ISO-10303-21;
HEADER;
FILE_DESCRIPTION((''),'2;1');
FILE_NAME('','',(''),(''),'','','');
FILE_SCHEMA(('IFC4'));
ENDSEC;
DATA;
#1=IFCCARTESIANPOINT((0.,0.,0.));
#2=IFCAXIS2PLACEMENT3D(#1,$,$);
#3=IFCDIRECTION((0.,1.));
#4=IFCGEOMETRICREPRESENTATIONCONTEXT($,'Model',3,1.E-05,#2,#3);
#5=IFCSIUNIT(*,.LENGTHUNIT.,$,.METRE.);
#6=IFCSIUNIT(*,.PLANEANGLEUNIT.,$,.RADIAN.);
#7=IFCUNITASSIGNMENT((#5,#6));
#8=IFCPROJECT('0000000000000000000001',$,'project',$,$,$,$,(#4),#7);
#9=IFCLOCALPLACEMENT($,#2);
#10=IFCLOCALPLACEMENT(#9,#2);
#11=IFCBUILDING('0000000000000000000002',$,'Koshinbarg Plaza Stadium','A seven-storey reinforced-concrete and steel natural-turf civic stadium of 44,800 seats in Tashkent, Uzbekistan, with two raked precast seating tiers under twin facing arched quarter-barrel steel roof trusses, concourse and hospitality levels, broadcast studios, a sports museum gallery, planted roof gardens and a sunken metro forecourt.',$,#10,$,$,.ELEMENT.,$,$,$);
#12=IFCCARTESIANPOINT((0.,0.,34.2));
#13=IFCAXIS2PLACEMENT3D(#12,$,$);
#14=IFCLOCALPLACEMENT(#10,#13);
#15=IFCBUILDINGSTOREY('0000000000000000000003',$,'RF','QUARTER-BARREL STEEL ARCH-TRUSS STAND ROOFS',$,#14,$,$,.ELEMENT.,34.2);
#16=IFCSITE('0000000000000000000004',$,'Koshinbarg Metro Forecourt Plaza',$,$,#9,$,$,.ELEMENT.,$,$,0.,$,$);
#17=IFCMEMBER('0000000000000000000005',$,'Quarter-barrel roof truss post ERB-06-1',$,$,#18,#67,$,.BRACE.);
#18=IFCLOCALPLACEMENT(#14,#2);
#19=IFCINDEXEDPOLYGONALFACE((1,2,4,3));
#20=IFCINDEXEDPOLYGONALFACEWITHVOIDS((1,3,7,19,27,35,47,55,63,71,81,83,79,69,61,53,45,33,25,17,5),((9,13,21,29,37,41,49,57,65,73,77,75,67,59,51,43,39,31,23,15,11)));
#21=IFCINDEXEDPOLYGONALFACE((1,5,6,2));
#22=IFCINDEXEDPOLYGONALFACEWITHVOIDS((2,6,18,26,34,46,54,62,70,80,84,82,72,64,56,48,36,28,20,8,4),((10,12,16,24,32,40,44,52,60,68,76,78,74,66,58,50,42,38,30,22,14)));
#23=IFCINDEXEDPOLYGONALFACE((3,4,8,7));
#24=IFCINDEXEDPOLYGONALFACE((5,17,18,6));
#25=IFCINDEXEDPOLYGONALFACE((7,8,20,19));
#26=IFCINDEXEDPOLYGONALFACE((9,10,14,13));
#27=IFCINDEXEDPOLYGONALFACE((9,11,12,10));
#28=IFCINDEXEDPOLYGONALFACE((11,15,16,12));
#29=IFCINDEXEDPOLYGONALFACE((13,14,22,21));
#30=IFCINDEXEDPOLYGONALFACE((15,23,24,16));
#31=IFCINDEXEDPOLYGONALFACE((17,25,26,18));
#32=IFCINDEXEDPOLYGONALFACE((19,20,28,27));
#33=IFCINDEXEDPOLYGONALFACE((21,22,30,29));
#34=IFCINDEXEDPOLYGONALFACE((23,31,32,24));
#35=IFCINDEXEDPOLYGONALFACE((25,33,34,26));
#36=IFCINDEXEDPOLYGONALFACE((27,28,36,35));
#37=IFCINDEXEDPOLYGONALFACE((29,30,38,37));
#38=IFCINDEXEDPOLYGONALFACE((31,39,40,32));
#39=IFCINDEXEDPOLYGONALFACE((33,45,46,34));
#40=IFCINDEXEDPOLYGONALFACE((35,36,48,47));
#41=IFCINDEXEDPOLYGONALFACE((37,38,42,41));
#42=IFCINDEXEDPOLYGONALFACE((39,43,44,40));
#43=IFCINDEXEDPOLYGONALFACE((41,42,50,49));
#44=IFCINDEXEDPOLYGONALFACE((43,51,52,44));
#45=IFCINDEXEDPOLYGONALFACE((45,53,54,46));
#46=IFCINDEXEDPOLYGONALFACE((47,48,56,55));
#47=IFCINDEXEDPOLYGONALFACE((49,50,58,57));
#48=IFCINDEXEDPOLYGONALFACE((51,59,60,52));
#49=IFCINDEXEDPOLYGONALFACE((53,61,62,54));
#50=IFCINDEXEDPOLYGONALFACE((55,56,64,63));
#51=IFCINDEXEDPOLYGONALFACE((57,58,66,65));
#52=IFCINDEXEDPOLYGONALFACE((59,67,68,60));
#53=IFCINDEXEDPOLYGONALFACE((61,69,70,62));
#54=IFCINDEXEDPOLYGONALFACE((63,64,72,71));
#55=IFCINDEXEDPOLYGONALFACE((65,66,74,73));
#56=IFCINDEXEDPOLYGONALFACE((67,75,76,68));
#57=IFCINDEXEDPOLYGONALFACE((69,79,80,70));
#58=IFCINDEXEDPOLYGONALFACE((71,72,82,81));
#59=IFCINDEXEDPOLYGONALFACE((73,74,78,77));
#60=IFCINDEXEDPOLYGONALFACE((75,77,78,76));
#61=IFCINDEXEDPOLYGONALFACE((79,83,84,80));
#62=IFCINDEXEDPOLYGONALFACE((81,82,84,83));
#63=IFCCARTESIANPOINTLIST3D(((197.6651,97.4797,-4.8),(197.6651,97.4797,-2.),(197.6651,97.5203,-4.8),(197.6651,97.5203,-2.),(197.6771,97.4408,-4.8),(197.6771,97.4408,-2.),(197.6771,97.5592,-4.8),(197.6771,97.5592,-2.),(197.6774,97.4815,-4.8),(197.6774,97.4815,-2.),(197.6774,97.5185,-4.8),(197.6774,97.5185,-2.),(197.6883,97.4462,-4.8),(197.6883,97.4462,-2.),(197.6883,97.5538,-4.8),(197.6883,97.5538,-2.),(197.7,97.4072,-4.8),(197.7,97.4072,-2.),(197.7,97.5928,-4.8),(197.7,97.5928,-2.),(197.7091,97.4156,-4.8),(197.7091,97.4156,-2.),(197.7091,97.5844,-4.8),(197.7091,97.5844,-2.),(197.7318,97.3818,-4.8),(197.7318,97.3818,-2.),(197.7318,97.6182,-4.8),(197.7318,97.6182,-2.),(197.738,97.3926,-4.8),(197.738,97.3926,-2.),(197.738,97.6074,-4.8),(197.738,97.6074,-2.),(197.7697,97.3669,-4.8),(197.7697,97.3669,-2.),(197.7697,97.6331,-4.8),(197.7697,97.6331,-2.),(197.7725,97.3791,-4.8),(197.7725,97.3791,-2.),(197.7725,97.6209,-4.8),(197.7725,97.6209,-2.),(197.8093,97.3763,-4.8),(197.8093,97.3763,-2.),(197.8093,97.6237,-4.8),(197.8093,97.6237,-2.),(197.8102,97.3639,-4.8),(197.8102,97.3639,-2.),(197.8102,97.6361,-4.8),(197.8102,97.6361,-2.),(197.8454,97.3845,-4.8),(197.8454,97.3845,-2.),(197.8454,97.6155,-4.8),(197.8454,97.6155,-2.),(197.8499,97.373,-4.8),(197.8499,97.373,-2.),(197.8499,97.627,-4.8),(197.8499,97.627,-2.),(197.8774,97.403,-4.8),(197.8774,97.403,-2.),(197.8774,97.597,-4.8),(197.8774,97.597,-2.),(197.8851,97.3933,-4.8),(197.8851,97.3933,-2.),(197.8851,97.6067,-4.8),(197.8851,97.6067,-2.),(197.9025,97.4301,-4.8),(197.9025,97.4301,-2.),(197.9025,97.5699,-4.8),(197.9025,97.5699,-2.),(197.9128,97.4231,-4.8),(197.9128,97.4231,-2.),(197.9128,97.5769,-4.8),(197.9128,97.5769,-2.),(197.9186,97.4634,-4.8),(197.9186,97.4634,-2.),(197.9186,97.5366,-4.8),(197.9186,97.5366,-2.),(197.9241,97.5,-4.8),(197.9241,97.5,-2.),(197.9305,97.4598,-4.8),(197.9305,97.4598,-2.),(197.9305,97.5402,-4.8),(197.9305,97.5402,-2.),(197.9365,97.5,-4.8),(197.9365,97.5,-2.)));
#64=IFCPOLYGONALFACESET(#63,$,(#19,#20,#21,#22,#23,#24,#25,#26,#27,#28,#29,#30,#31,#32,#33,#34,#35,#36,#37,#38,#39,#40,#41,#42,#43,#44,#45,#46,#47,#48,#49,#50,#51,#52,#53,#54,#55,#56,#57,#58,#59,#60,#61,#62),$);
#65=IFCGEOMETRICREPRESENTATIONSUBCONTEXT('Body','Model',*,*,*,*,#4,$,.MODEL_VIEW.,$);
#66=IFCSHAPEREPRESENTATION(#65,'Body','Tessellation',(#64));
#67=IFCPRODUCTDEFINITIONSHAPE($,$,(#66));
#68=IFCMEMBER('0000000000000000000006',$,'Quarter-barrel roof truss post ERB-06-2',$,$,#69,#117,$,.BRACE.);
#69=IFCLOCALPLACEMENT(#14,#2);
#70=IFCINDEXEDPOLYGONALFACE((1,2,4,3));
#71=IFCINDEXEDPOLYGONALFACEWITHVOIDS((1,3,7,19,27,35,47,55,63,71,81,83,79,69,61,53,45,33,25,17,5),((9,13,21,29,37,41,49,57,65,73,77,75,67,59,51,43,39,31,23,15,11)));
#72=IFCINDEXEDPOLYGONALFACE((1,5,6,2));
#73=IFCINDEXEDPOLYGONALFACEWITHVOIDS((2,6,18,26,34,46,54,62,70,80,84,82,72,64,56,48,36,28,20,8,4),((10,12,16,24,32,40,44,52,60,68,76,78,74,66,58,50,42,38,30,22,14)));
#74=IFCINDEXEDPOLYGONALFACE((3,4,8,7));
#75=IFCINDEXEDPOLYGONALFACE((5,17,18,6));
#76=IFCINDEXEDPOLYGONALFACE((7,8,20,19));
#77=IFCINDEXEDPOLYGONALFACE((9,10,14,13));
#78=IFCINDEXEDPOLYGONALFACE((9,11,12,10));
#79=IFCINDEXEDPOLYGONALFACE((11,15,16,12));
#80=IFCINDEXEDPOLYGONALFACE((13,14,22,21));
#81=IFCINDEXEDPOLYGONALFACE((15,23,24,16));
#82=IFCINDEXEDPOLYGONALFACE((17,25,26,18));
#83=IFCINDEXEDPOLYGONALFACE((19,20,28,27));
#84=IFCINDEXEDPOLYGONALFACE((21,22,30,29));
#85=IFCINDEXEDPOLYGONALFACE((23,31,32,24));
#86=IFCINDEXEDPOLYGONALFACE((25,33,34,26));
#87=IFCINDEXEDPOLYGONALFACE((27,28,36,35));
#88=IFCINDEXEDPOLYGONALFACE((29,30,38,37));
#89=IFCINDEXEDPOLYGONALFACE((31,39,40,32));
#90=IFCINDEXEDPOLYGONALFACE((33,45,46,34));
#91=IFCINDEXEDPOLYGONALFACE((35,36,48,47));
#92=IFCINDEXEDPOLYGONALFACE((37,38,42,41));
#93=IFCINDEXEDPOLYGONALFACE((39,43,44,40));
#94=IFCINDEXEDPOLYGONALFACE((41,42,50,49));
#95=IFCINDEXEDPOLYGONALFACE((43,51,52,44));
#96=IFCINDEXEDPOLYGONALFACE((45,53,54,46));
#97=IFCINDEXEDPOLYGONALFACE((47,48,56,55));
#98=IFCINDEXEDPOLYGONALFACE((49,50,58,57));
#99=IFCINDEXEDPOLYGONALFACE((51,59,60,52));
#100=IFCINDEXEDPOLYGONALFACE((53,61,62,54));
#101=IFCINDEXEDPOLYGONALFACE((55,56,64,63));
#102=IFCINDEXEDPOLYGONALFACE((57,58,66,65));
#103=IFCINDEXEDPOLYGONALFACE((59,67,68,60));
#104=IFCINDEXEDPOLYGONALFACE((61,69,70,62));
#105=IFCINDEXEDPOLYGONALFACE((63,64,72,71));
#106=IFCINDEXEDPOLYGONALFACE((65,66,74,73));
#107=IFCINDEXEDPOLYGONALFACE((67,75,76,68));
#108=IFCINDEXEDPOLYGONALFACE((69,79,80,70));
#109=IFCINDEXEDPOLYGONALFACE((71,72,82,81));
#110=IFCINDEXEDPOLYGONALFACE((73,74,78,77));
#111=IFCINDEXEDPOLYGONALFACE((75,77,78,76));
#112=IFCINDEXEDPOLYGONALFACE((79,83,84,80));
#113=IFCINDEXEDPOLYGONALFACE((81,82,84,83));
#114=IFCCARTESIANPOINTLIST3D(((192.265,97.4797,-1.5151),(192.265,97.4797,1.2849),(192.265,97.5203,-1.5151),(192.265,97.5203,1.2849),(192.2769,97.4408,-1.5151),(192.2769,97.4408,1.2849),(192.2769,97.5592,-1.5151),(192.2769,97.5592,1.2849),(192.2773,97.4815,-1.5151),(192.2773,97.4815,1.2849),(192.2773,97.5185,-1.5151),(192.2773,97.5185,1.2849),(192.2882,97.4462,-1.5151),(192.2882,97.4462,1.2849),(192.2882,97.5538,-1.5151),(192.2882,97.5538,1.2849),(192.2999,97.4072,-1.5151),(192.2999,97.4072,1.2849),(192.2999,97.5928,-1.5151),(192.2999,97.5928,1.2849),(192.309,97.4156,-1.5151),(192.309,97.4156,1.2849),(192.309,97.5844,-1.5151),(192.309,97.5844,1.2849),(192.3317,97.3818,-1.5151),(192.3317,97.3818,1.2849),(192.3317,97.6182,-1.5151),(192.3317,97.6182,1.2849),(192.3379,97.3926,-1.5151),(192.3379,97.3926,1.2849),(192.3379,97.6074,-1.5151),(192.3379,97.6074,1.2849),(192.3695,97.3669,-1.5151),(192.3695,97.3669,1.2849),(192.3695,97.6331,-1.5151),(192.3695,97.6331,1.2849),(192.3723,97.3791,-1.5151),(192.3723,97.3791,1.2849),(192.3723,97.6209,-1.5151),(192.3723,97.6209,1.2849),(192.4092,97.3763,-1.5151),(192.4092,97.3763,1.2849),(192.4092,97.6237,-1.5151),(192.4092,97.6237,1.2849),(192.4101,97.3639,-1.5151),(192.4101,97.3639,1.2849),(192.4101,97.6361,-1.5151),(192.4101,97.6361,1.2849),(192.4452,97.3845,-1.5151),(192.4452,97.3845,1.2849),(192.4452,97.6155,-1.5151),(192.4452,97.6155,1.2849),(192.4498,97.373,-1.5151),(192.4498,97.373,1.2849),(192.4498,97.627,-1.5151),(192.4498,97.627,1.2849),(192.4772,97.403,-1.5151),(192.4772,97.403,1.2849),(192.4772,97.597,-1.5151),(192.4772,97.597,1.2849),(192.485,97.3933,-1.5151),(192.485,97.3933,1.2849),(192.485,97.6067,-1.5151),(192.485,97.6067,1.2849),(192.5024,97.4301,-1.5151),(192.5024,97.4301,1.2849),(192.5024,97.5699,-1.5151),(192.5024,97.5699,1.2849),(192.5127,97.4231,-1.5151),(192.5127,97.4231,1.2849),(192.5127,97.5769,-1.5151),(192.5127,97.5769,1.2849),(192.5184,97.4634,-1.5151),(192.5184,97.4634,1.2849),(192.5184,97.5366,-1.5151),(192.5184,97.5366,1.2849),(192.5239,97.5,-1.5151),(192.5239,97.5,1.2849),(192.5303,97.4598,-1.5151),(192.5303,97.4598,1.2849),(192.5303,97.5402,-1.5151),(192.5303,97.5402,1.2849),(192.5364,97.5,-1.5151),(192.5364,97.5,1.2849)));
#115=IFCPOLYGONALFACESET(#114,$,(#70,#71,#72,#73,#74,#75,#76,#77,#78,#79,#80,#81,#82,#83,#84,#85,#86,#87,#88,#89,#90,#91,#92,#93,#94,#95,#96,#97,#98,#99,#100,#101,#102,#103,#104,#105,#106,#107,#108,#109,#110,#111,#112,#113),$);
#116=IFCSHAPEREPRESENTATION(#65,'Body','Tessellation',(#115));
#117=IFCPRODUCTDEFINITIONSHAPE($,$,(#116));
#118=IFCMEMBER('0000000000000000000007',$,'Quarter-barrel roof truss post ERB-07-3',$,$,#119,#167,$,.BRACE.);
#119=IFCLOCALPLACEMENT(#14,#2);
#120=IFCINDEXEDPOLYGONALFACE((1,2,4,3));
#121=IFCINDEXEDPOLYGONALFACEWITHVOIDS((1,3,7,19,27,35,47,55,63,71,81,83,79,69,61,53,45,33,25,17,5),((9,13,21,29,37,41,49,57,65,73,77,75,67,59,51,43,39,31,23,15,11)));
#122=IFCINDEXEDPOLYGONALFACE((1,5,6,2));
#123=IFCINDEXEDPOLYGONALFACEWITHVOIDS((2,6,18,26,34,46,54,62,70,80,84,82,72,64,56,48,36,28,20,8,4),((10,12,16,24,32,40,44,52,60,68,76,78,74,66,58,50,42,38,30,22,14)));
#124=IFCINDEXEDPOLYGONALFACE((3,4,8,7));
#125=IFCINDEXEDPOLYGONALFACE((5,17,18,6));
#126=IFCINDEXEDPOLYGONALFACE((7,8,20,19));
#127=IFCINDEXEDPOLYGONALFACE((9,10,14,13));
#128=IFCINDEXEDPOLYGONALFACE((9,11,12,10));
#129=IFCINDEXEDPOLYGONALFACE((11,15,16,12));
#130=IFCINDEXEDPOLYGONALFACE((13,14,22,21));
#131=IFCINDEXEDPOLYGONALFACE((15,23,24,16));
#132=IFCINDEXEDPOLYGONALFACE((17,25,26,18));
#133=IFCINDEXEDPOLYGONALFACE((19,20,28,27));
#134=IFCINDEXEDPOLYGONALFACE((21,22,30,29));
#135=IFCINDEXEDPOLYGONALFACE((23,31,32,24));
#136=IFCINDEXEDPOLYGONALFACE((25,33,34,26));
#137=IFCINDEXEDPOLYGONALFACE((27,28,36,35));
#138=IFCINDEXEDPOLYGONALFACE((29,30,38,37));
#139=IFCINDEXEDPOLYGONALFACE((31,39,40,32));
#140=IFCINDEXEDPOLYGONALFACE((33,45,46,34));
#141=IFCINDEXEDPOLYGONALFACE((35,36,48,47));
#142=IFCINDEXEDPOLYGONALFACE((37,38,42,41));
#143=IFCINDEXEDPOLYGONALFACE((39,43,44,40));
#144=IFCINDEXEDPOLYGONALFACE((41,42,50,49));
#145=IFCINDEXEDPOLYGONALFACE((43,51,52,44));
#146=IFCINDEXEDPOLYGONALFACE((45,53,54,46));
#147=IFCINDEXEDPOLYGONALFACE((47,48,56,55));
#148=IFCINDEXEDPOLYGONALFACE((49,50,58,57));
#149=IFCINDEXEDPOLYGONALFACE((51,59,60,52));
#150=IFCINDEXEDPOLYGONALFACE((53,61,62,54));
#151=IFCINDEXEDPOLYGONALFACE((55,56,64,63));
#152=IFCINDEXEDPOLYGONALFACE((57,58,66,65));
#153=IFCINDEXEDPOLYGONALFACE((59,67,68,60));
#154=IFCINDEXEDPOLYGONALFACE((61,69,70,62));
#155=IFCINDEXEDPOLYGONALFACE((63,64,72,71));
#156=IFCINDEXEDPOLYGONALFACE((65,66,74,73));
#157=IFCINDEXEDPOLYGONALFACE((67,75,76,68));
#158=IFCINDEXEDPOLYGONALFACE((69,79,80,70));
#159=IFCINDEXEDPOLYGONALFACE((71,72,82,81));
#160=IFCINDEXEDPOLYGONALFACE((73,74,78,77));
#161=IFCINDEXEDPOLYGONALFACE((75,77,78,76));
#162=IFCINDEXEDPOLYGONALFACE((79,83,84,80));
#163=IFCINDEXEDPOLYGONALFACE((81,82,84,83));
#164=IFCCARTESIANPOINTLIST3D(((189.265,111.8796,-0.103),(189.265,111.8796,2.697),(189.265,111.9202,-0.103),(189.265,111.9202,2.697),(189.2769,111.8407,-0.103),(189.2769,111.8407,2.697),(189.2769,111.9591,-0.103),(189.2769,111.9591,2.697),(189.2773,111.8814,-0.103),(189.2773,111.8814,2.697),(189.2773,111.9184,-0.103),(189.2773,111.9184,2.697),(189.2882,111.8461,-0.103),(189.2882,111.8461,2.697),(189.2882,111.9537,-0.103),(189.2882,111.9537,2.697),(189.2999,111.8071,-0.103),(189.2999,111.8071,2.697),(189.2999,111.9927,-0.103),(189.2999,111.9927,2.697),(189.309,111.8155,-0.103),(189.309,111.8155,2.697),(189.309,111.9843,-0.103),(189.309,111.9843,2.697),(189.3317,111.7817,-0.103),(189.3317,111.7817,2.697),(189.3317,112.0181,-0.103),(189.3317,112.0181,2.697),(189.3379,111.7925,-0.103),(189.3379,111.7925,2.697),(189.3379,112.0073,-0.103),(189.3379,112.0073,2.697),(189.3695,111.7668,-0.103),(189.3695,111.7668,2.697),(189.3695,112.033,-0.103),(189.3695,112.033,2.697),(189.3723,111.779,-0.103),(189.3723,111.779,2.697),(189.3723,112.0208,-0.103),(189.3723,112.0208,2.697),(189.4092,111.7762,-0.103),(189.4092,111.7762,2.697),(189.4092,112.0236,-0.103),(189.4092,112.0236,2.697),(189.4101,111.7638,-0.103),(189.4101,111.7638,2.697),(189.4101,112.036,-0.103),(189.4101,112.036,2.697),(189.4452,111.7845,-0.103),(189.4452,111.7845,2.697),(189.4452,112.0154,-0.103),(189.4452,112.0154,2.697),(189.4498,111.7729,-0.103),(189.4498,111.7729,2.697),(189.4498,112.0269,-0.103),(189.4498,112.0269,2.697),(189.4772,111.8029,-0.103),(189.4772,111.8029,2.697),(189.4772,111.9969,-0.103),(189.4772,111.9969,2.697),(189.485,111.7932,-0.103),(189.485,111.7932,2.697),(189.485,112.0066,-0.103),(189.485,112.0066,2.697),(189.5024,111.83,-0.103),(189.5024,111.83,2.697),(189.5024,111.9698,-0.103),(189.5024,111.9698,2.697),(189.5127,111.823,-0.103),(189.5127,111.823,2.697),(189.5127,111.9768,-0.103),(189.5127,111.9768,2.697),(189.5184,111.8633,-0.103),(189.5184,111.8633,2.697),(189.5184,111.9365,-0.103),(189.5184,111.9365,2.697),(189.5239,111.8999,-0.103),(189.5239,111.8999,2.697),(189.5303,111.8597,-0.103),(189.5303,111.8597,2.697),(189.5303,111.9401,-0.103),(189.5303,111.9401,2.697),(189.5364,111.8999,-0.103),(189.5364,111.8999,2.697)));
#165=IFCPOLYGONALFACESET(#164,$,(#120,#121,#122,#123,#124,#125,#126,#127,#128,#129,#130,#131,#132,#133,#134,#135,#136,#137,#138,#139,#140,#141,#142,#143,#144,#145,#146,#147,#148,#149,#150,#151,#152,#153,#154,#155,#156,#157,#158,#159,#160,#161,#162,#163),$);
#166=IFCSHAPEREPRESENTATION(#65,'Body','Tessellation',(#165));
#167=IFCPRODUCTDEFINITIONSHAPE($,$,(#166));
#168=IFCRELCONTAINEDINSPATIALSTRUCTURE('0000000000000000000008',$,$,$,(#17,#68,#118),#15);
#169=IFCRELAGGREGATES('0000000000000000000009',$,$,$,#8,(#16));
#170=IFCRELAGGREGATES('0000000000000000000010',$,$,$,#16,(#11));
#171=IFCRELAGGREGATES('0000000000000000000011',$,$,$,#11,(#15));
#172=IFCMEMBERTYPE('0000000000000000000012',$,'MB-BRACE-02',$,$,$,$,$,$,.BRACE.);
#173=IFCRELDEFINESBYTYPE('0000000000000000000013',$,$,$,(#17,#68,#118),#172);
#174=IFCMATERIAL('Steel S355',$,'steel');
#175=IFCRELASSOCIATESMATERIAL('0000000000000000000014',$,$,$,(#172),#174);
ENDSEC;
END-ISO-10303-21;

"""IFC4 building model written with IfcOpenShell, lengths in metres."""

from ifc_helpers import new_model, si_unit, direction, frame, origin, origin_2d, place, context, subcontext, project, spatial, hollow_circle, extrude, material, material_profile, profile_set, type_object, element, save


model = new_model("IFC4")

# Units and contexts
model_context = context("Model", 3, precision=1e-05, world=origin(), true_north=direction((0.0, 1.0)))
body_context = subcontext(model_context, "Body", "Model", "MODEL_VIEW")
ifc_project = project(units=[si_unit("LENGTHUNIT", "METRE"), si_unit("PLANEANGLEUNIT", "RADIAN")], contexts=[model_context])

# Site, building, storey
site_placement = place(None, origin())
site = spatial("IfcSite", under=ifc_project, at=site_placement, Name="Koshinbarg Metro Forecourt Plaza", CompositionType="ELEMENT", RefElevation=0.0)
building_placement = place(site_placement, origin())
building = spatial("IfcBuilding", under=site, at=building_placement, Name="Koshinbarg Plaza Stadium", Description="A seven-storey reinforced-concrete and steel natural-turf civic stadium of 44,800 seats in Tashkent, Uzbekistan, with two raked precast seating tiers under twin facing arched quarter-barrel steel roof trusses, concourse and hospitality levels, broadcast studios, a sports museum gallery, planted roof gardens and a sunken metro forecourt.", CompositionType="ELEMENT")
storey_placement = place(building_placement, frame((0.0, 0.0, 34.2)))
storey = spatial("IfcBuildingStorey", under=building, at=storey_placement, Name="RF", Description="QUARTER-BARREL STEEL ARCH-TRUSS STAND ROOFS", CompositionType="ELEMENT", Elevation=34.2)

# Members
ifc_material_1 = material(Name="Steel S355", Category="steel")
ifc_material_profile_1 = material_profile(ifc_material_1, hollow_circle(Radius=0.1365, WallThickness=0.0125, at=origin_2d()), Name="CHS 273x12.5")
ifc_profile_set_1 = profile_set([ifc_material_profile_1], Name="Steel S355")
member_type_1 = type_object("IfcMemberType", Name="MB-BRACE-02", PredefinedType="BRACE", material=ifc_profile_set_1)
for number, where, z_axis, x_axis, name in (
    (1, (197.8, 97.5, -4.8), (0.0, 0.0, 1.0), (1.0, 0.0, 0.0), "Quarter-barrel roof truss post ERB-06-1"),
    (2, (192.3999, 97.5, -1.5151), (0.0, 0.0, 1.0), (1.0, 0.0, 0.0), "Quarter-barrel roof truss post ERB-06-2"),
    (3, (189.3999, 111.8999, -0.103), (0.0, 0.0, 1.0), (1.0, 0.0, 0.0), "Quarter-barrel roof truss post ERB-07-3"),
):
    element("IfcMember", number, at=place(storey_placement, frame(where, z_axis=z_axis, x_axis=x_axis)), inside=storey, type_object=member_type_1, Name=name, PredefinedType="BRACE", context=body_context, shape_type="SweptSolid", body=[
        extrude(hollow_circle(Radius=0.1365, WallThickness=0.0125, at=origin_2d()), origin(), (0.0, 0.0, 1.0), 2.8),
    ])

save(model, "model.ifc")
